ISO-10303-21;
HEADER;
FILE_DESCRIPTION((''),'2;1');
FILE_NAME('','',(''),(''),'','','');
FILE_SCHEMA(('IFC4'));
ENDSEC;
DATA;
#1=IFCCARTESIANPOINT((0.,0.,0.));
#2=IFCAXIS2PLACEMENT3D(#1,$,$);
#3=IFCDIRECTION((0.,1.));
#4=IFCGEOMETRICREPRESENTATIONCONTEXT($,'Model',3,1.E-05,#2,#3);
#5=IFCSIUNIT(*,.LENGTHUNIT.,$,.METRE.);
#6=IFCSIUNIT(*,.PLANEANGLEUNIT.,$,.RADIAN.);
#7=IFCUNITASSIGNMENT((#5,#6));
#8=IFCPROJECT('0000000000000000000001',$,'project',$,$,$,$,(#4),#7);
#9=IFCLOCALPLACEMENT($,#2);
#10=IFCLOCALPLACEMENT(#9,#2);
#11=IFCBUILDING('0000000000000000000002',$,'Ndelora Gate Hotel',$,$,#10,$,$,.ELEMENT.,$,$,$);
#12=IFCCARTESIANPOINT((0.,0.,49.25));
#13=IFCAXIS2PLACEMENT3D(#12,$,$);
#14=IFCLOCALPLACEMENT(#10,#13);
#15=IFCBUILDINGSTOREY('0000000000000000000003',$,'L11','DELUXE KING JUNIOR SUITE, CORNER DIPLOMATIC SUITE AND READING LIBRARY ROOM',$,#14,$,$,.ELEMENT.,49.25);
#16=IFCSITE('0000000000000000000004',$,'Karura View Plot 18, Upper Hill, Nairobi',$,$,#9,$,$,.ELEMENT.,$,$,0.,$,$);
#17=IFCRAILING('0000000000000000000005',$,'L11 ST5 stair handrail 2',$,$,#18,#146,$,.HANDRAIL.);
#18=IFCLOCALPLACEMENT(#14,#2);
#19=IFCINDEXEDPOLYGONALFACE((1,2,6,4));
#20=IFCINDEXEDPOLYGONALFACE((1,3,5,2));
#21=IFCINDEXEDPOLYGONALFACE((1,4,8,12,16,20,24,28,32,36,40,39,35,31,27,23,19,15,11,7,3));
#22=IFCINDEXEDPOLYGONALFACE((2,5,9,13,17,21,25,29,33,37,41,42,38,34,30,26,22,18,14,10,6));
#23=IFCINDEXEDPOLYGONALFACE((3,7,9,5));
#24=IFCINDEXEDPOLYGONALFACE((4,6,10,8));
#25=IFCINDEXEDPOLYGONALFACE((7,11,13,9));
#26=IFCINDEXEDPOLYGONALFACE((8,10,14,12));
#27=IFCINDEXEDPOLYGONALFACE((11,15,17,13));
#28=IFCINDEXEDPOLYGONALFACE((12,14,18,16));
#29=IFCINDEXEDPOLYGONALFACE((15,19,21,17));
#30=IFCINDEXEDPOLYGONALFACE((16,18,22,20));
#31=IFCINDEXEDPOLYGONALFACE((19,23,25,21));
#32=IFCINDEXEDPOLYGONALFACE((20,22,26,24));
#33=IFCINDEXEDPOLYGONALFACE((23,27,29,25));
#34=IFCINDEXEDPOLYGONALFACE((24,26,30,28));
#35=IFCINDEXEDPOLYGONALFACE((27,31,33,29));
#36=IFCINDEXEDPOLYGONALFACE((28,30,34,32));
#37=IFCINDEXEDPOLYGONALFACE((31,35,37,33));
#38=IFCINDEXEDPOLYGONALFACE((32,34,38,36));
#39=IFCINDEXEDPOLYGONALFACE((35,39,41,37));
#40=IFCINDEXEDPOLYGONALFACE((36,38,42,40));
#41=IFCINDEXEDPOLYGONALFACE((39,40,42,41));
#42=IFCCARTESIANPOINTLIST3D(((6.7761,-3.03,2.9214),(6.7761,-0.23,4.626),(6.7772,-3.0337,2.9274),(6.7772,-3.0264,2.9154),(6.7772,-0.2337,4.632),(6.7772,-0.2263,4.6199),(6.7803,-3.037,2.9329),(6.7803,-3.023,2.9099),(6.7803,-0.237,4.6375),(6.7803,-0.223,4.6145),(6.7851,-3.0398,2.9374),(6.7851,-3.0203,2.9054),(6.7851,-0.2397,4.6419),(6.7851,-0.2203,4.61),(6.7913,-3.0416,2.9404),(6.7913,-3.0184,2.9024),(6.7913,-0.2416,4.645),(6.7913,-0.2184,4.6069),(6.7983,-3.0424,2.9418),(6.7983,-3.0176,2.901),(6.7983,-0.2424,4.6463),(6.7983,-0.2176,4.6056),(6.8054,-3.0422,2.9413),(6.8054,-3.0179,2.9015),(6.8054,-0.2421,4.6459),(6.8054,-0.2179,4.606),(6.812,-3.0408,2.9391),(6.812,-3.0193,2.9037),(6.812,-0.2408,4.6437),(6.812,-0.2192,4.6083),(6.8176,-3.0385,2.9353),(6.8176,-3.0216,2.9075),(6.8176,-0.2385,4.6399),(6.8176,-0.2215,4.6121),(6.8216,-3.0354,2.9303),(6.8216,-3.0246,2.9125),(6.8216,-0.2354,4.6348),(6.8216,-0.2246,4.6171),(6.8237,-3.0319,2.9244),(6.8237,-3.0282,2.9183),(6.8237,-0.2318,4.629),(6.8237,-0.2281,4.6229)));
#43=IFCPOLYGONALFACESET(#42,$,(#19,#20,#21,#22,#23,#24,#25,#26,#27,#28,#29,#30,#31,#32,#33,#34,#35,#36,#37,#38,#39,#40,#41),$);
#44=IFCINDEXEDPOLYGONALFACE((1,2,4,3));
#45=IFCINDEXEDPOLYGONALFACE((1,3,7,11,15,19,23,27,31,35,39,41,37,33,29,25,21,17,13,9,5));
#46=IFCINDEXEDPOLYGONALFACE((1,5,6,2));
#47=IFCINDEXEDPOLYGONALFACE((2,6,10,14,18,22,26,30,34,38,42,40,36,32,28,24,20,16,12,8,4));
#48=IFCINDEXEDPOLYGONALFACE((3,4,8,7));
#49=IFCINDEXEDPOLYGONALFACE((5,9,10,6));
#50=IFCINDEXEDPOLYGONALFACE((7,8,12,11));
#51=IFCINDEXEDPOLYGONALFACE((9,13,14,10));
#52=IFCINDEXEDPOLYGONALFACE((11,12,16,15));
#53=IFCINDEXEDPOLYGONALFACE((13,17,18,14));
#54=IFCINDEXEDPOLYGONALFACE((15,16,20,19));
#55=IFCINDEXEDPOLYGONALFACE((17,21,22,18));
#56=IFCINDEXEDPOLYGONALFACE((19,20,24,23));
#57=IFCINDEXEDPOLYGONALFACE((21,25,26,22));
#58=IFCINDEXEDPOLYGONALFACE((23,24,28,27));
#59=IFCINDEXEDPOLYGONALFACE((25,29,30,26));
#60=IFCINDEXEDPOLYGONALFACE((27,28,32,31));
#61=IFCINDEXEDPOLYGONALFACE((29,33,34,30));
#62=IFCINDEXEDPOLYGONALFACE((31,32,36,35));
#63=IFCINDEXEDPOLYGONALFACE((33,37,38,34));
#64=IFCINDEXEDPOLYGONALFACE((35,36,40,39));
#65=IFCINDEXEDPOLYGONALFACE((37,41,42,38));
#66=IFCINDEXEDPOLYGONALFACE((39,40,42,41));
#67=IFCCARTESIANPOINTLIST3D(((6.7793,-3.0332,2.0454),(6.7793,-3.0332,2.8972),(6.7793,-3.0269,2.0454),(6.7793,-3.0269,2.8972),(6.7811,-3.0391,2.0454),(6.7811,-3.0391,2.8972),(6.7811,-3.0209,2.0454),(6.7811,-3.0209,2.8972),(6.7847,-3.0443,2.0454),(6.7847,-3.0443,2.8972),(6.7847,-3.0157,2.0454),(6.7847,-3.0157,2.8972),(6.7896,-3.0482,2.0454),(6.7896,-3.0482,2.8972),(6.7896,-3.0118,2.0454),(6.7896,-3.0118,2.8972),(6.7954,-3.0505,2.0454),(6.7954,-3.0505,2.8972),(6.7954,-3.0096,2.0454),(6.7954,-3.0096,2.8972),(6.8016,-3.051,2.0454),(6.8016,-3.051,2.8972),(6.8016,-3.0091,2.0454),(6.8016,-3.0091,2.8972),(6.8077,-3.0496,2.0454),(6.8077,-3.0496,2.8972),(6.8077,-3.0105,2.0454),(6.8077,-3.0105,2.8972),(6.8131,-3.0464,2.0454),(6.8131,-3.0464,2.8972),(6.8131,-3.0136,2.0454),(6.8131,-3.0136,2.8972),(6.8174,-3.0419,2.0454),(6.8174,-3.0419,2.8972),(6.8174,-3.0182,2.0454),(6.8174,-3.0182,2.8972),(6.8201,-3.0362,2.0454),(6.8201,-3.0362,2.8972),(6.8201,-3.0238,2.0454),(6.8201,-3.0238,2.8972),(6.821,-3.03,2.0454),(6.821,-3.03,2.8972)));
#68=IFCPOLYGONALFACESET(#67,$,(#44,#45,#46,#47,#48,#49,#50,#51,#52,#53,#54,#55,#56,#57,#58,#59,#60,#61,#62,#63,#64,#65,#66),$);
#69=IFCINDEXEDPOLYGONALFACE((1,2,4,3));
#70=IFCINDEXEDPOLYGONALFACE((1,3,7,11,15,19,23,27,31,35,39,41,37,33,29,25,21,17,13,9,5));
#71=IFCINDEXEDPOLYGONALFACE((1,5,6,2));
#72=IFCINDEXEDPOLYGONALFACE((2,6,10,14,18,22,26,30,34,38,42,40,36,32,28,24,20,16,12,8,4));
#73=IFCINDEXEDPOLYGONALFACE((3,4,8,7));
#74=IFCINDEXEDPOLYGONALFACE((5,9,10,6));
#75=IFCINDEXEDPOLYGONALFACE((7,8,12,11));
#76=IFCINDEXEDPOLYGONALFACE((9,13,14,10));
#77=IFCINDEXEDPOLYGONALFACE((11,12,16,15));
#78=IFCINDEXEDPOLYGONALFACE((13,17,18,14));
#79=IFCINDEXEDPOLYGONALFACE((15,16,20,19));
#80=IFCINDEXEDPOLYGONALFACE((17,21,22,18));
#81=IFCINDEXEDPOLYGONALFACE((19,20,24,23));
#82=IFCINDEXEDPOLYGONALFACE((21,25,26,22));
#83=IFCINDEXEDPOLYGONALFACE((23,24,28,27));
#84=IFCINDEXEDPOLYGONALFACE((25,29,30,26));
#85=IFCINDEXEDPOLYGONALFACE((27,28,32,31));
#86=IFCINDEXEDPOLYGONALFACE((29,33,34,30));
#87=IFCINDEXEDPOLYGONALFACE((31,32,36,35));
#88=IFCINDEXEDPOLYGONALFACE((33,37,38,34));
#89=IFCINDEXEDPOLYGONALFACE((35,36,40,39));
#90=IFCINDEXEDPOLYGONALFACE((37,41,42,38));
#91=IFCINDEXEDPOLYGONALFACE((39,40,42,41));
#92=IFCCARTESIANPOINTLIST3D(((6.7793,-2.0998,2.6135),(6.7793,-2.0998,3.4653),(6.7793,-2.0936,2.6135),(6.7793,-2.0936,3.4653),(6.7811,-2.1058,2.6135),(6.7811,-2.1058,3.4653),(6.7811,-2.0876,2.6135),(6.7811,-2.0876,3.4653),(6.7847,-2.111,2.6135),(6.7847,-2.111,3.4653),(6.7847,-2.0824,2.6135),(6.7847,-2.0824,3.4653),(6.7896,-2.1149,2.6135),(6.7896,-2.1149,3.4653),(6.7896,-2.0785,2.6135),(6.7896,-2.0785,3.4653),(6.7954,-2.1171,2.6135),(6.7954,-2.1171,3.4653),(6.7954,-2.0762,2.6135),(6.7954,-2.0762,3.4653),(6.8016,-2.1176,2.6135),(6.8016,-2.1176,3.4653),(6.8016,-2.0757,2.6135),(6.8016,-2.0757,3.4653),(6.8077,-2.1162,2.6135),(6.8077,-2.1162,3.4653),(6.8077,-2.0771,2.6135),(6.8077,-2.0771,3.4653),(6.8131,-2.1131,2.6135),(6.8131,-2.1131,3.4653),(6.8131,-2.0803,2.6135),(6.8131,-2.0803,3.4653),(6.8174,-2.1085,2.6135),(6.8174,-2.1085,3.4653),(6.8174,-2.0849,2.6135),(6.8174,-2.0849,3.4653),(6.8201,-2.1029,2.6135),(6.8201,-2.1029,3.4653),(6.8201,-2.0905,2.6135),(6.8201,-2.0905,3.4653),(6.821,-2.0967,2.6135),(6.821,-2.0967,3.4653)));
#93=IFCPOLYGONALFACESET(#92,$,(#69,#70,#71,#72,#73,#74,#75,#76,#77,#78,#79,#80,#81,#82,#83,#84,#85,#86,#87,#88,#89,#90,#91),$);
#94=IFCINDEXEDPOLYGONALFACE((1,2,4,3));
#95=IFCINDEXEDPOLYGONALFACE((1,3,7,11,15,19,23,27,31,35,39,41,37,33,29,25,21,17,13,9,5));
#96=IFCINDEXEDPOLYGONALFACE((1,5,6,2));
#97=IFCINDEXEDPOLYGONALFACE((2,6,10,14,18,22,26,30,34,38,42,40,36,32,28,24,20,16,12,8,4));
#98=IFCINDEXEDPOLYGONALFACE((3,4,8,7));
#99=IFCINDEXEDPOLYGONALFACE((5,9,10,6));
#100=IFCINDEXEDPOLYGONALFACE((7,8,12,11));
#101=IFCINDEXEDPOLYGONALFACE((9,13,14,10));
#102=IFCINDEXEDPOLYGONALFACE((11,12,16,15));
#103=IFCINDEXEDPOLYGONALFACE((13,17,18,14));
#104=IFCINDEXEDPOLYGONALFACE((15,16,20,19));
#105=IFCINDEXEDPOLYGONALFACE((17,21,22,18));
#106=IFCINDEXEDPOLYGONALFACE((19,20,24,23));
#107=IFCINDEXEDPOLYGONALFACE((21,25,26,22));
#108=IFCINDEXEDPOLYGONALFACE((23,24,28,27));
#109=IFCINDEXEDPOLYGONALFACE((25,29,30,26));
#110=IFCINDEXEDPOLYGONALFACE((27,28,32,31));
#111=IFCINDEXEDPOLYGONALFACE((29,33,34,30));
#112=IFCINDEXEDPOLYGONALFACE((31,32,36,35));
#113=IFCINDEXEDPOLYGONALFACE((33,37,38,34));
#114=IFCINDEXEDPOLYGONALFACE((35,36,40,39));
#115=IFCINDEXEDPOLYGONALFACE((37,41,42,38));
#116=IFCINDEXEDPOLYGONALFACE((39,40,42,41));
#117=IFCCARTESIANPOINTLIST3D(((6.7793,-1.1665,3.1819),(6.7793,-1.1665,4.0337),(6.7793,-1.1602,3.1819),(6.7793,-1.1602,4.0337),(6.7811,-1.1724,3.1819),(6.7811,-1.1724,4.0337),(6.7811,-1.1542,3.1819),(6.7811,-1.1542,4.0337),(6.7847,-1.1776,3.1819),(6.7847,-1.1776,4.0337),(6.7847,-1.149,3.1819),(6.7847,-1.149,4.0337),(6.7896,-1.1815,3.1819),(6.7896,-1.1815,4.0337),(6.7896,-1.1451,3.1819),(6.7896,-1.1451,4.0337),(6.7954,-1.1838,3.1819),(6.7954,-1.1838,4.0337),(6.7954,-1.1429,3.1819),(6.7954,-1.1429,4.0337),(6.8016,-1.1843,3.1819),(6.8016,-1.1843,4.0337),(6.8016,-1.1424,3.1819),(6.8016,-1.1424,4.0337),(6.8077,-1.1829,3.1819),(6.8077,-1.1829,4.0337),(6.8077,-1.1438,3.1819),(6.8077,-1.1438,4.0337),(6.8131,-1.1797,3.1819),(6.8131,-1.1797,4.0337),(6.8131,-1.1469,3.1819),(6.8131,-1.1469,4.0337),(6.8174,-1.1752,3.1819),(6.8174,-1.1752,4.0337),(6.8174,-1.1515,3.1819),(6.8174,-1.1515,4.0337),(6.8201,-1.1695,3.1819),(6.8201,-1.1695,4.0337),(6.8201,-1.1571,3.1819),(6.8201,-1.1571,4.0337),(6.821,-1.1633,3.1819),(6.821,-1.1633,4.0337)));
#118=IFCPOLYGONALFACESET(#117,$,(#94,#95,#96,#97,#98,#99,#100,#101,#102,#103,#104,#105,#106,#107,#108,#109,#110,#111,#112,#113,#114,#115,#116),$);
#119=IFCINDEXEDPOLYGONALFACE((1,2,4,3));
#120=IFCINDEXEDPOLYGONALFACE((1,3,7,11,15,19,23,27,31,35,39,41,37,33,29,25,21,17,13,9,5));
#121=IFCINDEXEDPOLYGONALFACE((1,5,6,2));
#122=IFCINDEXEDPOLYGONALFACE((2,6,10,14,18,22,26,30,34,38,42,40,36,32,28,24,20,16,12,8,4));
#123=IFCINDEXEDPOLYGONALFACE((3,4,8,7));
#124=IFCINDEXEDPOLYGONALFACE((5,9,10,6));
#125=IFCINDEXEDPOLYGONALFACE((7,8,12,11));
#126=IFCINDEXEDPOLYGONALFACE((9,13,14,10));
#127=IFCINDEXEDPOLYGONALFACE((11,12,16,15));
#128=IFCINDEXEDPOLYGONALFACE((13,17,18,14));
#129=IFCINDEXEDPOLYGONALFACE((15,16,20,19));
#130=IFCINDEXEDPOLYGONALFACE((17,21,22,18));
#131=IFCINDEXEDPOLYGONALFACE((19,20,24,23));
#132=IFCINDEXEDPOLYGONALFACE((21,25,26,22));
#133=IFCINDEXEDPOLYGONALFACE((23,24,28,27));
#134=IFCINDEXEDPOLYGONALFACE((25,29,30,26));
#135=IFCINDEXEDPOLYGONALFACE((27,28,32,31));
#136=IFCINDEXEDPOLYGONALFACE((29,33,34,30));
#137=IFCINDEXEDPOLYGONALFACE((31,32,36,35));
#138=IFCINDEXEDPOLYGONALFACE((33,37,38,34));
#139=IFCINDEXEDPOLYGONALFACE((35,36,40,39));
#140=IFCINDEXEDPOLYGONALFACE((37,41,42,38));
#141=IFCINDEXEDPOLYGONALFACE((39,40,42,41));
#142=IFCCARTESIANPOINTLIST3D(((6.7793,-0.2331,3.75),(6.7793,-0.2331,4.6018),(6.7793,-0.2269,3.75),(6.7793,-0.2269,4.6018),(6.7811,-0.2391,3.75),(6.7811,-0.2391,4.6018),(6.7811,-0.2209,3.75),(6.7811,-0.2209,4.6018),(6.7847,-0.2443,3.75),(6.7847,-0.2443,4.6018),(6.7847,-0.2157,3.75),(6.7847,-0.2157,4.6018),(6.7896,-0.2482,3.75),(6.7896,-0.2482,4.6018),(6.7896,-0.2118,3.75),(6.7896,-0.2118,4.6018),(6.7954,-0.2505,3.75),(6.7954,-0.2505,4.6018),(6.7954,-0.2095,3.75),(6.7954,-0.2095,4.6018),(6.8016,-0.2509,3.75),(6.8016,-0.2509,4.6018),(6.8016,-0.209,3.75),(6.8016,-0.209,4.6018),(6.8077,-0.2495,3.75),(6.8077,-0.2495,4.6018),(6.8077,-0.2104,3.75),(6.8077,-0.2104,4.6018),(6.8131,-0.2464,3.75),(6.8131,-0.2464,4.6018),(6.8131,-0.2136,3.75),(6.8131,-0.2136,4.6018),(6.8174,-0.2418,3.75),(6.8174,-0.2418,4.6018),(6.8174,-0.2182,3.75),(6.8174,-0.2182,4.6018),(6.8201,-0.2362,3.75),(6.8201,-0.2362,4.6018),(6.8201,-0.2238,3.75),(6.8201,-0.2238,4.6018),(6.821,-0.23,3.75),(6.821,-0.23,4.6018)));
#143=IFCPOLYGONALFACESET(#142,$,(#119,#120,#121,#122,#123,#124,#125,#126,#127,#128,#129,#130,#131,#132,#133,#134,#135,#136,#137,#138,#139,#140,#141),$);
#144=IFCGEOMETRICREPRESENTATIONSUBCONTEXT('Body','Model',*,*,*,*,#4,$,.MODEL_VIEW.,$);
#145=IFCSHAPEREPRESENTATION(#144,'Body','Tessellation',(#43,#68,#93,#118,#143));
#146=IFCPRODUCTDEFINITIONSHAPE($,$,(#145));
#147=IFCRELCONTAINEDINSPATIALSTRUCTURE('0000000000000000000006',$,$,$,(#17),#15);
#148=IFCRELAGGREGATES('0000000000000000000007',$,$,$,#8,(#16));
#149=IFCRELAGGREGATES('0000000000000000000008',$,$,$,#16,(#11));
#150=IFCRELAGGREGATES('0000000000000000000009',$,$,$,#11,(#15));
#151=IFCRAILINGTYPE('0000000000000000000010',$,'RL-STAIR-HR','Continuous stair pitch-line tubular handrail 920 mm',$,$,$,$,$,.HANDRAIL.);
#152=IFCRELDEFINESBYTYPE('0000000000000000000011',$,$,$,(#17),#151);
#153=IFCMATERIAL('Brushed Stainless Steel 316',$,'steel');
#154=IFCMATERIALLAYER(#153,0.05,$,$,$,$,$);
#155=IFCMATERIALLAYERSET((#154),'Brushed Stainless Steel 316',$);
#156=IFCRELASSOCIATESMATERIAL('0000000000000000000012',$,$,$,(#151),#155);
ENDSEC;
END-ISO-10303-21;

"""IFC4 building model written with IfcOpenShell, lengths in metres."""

from ifc_helpers import new_model, si_unit, direction, frame, origin, origin_2d, place, context, subcontext, project, spatial, circle, extrude, material, layer, layer_set, type_object, element, save


model = new_model("IFC4")

# Units and contexts
model_context = context("Model", 3, precision=1e-05, world=origin(), true_north=direction((0.0, 1.0)))
body_context = subcontext(model_context, "Body", "Model", "MODEL_VIEW")
ifc_project = project(units=[si_unit("LENGTHUNIT", "METRE"), si_unit("PLANEANGLEUNIT", "RADIAN")], contexts=[model_context])

# Site, building, storey
site_placement = place(None, origin())
site = spatial("IfcSite", under=ifc_project, at=site_placement, Name="Karura View Plot 18, Upper Hill, Nairobi", CompositionType="ELEMENT", RefElevation=0.0)
building_placement = place(site_placement, origin())
building = spatial("IfcBuilding", under=site, at=building_placement, Name="Ndelora Gate Hotel", CompositionType="ELEMENT")
storey_placement = place(building_placement, frame((0.0, 0.0, 49.25)))
storey = spatial("IfcBuildingStorey", under=building, at=storey_placement, Name="L11", Description="DELUXE KING JUNIOR SUITE, CORNER DIPLOMATIC SUITE AND READING LIBRARY ROOM", CompositionType="ELEMENT", Elevation=49.25)

# Railing
ifc_material_1 = material(Name="Brushed Stainless Steel 316", Category="steel")
ifc_layer_1 = layer(ifc_material_1, 0.05)
ifc_layer_set_1 = layer_set([ifc_layer_1], Name="Brushed Stainless Steel 316")
railing_type_1 = type_object("IfcRailingType", Name="RL-STAIR-HR", Description="Continuous stair pitch-line tubular handrail 920 mm", PredefinedType="HANDRAIL", material=ifc_layer_set_1)
railing_1_placement = place(storey_placement, frame((6.8, -3.03, 2.0454)))
element("IfcRailing", 1, at=railing_1_placement, inside=storey, type_object=railing_type_1, Name="L11 ST5 stair handrail 2", PredefinedType="HANDRAIL", context=body_context, shape_type="SweptSolid", body=[
    extrude(circle(Radius=0.0239, at=origin_2d()), frame((0.0, 0.0, 0.876), z_axis=(0.0, 0.85417, 0.519994), x_axis=(-1.0, 0.0, 0.0)), (0.0, 0.0, 1.0), 3.2781),
    extrude(circle(Radius=0.021, at=origin_2d()), origin(), (0.0, 0.0, 1.0), 0.8518),
    extrude(circle(Radius=0.021, at=origin_2d()), frame((0.0, 0.9333, 0.5681)), (0.0, 0.0, 1.0), 0.8518),
    extrude(circle(Radius=0.021, at=origin_2d()), frame((0.0, 1.8667, 1.1365)), (0.0, 0.0, 1.0), 0.8518),
    extrude(circle(Radius=0.021, at=origin_2d()), frame((0.0, 2.8, 1.7046)), (0.0, 0.0, 1.0), 0.8518),
])

save(model, "model.ifc")
